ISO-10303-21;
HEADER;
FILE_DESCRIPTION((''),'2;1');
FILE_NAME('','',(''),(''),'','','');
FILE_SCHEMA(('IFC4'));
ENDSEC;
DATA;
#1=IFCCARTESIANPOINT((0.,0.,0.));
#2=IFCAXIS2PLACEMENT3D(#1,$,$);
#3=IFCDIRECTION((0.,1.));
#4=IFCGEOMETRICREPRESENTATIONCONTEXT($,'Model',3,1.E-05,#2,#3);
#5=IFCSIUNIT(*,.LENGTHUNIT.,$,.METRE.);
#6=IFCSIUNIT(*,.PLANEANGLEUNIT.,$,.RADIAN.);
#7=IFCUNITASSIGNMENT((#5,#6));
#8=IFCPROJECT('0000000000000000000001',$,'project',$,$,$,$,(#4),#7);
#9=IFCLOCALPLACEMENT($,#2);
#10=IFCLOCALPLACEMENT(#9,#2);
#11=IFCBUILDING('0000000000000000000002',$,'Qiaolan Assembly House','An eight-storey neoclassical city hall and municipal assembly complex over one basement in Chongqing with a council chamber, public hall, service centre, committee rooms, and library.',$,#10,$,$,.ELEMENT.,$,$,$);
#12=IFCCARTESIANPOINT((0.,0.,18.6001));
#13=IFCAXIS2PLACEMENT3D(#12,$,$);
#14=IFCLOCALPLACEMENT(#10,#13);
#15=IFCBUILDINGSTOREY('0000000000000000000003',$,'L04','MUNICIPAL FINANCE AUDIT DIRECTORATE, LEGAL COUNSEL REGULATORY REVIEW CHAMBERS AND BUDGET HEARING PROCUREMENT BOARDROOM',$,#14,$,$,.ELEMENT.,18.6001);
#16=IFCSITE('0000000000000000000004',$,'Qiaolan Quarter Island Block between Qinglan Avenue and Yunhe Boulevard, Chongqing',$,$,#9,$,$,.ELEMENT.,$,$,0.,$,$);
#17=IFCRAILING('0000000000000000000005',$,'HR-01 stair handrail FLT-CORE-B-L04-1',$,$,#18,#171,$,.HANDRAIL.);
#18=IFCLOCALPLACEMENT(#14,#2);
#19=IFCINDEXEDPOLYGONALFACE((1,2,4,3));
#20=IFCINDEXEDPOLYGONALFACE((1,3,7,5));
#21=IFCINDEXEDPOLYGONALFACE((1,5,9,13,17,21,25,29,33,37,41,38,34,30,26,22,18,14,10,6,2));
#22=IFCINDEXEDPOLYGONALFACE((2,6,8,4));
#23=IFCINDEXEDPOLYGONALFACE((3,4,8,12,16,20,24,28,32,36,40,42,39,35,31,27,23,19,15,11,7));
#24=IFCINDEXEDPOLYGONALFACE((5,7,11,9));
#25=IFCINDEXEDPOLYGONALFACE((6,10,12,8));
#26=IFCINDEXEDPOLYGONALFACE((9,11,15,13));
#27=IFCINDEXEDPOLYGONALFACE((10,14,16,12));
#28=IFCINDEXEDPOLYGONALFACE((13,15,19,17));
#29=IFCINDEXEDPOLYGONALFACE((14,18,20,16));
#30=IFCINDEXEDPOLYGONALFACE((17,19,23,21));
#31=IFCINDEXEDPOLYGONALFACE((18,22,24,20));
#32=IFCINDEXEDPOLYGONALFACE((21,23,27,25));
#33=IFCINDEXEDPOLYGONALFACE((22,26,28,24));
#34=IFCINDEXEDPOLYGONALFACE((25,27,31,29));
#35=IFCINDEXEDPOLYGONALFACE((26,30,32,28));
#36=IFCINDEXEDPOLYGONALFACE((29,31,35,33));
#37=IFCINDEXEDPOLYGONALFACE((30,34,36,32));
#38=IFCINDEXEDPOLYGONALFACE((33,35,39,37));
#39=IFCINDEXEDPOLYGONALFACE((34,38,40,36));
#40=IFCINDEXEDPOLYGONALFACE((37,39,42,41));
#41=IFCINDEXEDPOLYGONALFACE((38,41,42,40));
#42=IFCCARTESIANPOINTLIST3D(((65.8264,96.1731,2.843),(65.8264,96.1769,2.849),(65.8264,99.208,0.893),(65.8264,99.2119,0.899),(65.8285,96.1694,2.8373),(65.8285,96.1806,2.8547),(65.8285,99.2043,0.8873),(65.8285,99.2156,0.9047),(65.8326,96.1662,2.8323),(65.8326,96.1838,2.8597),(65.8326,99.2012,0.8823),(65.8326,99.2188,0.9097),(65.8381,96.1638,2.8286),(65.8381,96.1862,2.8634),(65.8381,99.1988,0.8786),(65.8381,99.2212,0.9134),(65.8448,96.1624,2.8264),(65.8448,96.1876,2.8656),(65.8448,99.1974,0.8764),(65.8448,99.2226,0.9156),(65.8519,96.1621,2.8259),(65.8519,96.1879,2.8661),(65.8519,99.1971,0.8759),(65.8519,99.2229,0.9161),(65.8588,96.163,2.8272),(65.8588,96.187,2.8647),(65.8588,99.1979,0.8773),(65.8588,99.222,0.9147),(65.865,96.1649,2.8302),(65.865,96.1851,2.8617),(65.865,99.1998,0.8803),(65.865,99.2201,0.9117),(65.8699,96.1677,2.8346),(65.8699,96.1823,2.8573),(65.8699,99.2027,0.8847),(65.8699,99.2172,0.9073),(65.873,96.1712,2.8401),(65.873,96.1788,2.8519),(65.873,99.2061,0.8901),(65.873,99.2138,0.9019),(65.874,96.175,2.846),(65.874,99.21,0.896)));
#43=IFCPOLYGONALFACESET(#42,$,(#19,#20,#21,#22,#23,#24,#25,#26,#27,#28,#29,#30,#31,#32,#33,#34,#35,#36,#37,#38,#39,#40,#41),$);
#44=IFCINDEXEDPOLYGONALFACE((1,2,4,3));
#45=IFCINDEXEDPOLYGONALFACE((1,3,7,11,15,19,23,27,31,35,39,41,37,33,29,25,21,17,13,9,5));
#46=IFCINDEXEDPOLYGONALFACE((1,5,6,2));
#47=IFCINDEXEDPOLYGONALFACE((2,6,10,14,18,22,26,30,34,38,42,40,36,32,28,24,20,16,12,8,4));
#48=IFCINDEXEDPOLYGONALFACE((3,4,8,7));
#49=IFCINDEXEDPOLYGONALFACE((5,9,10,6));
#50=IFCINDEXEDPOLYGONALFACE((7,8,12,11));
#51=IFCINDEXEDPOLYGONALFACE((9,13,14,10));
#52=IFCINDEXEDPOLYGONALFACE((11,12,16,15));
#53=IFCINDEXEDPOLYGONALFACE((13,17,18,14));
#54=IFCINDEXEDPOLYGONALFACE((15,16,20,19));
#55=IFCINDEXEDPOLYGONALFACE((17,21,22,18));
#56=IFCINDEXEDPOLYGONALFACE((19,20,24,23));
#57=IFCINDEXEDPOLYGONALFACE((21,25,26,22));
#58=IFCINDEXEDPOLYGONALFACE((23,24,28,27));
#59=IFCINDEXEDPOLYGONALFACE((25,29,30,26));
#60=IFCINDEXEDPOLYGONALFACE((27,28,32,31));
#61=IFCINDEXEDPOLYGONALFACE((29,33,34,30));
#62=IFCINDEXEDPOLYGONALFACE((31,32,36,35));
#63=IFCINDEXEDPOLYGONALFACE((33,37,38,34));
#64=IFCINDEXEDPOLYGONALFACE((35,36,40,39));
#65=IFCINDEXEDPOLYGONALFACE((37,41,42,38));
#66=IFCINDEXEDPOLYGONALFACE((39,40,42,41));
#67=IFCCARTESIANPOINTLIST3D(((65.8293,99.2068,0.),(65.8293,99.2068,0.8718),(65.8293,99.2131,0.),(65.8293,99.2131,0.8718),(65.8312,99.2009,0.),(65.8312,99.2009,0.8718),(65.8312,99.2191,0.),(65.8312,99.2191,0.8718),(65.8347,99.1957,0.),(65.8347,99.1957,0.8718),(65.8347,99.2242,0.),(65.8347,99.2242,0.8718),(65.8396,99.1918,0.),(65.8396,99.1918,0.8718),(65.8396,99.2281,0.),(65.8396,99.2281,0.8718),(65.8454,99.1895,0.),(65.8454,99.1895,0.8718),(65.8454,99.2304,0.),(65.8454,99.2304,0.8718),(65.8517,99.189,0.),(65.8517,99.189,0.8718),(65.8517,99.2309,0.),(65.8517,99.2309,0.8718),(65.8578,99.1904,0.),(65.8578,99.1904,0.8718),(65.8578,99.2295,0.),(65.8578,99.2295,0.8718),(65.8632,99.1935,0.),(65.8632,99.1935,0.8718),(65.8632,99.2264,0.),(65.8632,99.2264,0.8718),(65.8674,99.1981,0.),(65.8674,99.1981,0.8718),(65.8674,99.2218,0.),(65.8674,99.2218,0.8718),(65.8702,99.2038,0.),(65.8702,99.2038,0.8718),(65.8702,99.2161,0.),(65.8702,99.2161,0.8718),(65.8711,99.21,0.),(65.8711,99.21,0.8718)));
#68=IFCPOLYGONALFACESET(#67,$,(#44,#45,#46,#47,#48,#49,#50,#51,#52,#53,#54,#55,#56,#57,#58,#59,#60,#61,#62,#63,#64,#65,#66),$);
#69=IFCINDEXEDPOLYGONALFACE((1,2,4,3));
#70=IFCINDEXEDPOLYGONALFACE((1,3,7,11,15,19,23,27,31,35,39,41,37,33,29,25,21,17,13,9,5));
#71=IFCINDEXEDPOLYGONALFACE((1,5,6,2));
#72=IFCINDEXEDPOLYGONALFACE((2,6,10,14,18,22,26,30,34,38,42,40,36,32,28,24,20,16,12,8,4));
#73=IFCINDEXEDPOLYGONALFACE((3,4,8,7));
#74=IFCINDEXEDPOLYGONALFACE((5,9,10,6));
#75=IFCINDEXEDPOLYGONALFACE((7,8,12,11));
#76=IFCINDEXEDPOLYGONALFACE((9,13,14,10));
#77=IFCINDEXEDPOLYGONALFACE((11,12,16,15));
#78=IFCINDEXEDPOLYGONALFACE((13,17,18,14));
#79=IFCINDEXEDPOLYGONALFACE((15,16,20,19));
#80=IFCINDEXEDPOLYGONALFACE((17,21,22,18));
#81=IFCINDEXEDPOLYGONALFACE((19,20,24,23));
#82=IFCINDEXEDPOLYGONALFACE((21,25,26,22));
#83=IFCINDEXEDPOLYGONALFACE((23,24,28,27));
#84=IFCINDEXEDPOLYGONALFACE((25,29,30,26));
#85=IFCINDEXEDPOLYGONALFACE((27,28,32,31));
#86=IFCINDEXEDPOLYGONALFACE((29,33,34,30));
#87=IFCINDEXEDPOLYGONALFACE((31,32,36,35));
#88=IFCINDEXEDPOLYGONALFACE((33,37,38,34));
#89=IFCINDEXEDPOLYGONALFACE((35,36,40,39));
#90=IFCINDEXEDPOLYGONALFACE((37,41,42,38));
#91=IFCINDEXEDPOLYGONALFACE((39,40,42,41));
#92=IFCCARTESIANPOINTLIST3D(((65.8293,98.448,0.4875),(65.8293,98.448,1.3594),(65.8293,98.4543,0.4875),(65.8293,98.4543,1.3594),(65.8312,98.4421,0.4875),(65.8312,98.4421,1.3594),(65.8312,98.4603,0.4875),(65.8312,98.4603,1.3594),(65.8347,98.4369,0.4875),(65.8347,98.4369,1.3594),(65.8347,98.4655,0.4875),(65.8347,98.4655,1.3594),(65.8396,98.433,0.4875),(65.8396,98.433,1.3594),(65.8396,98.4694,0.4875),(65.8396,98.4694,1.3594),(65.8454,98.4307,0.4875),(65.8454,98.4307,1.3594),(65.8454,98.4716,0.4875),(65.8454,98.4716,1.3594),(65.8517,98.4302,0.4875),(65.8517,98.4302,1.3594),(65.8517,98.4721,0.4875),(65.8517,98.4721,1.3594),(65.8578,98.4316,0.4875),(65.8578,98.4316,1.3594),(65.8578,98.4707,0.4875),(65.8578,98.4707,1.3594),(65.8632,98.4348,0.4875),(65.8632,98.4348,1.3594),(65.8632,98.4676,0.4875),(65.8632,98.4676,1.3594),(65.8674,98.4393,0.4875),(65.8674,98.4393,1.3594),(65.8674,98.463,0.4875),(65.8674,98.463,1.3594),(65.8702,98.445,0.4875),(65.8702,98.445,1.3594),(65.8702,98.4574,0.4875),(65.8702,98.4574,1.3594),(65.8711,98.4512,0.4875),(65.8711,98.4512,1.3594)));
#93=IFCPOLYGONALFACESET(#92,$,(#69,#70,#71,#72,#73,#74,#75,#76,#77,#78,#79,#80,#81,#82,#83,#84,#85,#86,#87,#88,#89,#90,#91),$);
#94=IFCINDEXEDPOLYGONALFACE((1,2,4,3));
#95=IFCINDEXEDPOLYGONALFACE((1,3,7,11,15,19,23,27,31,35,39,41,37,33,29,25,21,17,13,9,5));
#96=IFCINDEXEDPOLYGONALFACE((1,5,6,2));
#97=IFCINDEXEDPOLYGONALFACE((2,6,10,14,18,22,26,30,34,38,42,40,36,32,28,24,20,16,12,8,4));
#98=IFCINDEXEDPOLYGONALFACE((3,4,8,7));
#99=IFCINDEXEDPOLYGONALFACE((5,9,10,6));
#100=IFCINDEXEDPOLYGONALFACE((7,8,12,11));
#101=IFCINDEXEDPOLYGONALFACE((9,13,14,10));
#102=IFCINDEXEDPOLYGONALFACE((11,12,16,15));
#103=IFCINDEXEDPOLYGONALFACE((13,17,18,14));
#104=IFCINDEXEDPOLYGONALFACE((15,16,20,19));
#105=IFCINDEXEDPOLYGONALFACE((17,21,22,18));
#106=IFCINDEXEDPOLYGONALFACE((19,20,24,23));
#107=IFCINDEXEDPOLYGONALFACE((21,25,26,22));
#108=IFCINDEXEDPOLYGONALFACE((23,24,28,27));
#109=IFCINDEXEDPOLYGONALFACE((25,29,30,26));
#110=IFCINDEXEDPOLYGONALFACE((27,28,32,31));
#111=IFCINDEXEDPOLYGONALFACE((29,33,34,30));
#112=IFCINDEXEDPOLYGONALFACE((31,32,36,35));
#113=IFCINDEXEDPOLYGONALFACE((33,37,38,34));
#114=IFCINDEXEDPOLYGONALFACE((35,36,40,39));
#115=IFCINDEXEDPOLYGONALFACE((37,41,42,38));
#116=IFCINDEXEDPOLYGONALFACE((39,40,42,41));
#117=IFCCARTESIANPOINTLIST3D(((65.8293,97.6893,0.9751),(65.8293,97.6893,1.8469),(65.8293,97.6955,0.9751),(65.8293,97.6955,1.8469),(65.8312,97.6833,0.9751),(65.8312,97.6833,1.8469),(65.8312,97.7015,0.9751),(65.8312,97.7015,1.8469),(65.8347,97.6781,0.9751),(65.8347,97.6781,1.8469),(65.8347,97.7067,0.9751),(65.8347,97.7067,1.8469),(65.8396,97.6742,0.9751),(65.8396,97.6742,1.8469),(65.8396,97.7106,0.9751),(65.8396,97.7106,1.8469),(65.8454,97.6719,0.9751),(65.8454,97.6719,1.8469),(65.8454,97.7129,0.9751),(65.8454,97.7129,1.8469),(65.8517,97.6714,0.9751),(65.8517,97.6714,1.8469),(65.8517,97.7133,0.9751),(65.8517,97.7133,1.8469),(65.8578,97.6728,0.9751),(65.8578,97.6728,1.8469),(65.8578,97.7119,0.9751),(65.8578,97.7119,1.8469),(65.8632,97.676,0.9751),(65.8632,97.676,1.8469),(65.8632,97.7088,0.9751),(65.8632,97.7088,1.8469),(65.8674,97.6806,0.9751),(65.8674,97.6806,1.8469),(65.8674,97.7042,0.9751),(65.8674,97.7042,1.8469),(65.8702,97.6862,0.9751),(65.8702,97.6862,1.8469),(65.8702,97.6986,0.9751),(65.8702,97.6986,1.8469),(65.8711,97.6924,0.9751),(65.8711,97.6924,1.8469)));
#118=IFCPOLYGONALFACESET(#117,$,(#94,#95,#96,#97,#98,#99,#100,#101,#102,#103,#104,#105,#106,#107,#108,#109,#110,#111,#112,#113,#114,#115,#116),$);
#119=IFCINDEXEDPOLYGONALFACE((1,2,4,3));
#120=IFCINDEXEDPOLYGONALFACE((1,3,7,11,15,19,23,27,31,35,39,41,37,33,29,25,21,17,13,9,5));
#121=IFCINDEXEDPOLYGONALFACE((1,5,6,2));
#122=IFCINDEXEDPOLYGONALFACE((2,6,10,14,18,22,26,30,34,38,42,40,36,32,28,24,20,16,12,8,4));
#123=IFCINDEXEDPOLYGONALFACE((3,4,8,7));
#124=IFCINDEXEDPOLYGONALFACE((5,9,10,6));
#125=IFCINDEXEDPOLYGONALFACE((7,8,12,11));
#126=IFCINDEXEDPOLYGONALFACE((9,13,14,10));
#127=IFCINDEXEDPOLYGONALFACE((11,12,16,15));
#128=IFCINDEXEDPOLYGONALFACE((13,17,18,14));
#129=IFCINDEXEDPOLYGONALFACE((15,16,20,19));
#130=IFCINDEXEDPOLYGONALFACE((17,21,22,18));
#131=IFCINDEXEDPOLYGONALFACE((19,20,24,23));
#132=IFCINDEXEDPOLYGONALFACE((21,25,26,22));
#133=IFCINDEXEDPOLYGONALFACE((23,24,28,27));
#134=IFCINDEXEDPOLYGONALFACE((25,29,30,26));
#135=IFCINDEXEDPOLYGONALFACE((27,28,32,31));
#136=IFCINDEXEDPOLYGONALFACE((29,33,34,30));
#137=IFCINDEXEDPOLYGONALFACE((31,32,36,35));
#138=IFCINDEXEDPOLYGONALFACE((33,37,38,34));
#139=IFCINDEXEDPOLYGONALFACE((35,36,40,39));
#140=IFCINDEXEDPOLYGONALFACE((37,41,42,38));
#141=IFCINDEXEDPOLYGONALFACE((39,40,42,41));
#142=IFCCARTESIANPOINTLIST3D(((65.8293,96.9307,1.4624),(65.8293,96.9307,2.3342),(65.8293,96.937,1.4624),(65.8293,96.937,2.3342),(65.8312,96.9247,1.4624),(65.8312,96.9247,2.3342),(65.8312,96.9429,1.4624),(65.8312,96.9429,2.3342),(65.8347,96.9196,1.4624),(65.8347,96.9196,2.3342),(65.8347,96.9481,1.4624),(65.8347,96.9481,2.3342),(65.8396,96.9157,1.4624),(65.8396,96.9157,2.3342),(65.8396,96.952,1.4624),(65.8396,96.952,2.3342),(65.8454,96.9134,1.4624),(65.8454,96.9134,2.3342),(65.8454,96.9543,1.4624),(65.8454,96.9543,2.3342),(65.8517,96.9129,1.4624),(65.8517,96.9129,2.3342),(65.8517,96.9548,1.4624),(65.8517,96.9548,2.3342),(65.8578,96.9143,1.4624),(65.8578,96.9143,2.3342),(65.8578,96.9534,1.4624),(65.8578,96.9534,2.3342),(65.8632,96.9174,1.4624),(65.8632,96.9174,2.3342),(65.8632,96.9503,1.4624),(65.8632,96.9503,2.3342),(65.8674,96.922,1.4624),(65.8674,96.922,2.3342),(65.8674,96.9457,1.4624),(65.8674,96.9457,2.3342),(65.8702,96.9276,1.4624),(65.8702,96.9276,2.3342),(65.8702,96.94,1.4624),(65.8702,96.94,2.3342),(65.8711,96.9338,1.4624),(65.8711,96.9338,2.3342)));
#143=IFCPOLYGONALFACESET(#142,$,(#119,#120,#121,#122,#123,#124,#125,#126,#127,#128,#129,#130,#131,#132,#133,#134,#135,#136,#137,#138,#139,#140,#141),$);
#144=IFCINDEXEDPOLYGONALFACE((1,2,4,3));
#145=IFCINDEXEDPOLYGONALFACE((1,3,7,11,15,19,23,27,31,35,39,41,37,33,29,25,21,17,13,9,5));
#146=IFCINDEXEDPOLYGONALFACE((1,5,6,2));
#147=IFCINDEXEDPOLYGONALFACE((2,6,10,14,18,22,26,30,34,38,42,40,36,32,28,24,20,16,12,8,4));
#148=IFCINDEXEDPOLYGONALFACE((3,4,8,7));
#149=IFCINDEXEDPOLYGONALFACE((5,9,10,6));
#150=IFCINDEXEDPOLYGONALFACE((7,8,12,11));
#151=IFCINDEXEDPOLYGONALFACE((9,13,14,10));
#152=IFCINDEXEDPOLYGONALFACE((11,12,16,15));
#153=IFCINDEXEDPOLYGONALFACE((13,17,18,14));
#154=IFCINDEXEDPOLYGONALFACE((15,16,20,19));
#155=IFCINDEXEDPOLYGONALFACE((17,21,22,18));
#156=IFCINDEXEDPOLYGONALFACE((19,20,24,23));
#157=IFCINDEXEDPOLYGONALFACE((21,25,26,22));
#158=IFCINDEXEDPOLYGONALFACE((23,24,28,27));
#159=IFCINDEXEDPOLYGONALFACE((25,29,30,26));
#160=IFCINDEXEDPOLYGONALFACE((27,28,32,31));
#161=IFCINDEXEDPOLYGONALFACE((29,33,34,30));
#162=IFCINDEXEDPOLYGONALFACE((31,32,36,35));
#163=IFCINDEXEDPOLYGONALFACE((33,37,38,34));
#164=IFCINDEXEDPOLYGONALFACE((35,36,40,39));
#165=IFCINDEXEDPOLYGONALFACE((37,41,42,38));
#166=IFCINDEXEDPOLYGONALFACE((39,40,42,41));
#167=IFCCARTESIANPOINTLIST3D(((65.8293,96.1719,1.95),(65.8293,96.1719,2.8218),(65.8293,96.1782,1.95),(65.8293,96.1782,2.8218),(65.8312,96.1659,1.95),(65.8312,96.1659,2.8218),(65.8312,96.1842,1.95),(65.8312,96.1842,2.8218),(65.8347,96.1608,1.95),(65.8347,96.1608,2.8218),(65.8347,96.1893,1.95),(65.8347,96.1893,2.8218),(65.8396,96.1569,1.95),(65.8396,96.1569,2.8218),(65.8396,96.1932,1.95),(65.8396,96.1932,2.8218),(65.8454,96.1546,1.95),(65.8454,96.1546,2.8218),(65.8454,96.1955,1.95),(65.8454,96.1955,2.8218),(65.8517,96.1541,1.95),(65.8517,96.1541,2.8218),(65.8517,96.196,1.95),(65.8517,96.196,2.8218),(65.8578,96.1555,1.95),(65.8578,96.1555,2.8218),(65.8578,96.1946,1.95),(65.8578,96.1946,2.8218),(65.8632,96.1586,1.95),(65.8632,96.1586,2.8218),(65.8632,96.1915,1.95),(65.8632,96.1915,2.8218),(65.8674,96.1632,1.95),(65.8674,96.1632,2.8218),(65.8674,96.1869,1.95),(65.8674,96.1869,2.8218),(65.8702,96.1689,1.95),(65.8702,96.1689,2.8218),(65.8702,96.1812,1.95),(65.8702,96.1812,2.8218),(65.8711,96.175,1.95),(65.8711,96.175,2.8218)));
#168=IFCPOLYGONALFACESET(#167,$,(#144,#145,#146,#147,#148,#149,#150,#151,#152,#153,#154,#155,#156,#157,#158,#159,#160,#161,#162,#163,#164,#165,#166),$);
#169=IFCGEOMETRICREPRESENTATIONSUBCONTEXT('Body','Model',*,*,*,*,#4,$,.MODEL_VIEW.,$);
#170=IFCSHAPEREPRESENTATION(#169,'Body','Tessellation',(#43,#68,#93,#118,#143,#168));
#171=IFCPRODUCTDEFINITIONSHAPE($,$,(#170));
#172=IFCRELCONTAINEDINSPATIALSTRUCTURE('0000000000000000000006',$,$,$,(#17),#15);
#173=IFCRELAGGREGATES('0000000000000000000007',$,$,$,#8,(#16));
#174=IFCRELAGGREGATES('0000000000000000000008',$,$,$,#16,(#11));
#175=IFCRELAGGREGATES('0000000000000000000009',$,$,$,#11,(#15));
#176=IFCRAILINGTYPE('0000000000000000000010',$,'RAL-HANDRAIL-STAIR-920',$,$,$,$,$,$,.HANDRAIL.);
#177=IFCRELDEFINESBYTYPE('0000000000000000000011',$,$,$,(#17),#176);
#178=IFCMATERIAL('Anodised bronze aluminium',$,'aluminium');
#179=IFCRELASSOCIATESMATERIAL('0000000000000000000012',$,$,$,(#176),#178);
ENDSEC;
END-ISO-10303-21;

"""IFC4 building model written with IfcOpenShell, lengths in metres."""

from ifc_helpers import new_model, si_unit, direction, frame, origin, origin_2d, place, context, subcontext, project, spatial, circle, extrude, material, type_object, element, save


model = new_model("IFC4")

# Units and contexts
model_context = context("Model", 3, precision=1e-05, world=origin(), true_north=direction((0.0, 1.0)))
body_context = subcontext(model_context, "Body", "Model", "MODEL_VIEW")
ifc_project = project(units=[si_unit("LENGTHUNIT", "METRE"), si_unit("PLANEANGLEUNIT", "RADIAN")], contexts=[model_context])

# Site, building, storey
site_placement = place(None, origin())
site = spatial("IfcSite", under=ifc_project, at=site_placement, Name="Qiaolan Quarter Island Block between Qinglan Avenue and Yunhe Boulevard, Chongqing", CompositionType="ELEMENT", RefElevation=0.0)
building_placement = place(site_placement, origin())
building = spatial("IfcBuilding", under=site, at=building_placement, Name="Qiaolan Assembly House", Description="An eight-storey neoclassical city hall and municipal assembly complex over one basement in Chongqing with a council chamber, public hall, service centre, committee rooms, and library.", CompositionType="ELEMENT")
storey_placement = place(building_placement, frame((0.0, 0.0, 18.6001)))
storey = spatial("IfcBuildingStorey", under=building, at=storey_placement, Name="L04", Description="MUNICIPAL FINANCE AUDIT DIRECTORATE, LEGAL COUNSEL REGULATORY REVIEW CHAMBERS AND BUDGET HEARING PROCUREMENT BOARDROOM", CompositionType="ELEMENT", Elevation=18.6001)

# Railing
ifc_material_1 = material(Name="Anodised bronze aluminium", Category="aluminium")
railing_type_1 = type_object("IfcRailingType", Name="RAL-HANDRAIL-STAIR-920", PredefinedType="HANDRAIL", material=ifc_material_1)
railing_1_placement = place(storey_placement, frame((65.8501, 99.21, 0.0)))
element("IfcRailing", 1, at=railing_1_placement, inside=storey, type_object=railing_type_1, Name="HR-01 stair handrail FLT-CORE-B-L04-1", PredefinedType="HANDRAIL", context=body_context, shape_type="SweptSolid", body=[
    extrude(circle(Radius=0.0239, at=origin_2d()), frame((0.0, 0.0, 0.896), z_axis=(0.0, -0.841313, 0.540549), x_axis=(1.0, 0.0, 0.0)), (0.0, 0.0, 1.0), 3.6074),
    extrude(circle(Radius=0.021, at=origin_2d()), origin(), (0.0, 0.0, 1.0), 0.8718),
    extrude(circle(Radius=0.021, at=origin_2d()), frame((0.0, -0.7588, 0.4875)), (0.0, 0.0, 1.0), 0.8718),
    extrude(circle(Radius=0.021, at=origin_2d()), frame((0.0, -1.5176, 0.9751)), (0.0, 0.0, 1.0), 0.8718),
    extrude(circle(Radius=0.021, at=origin_2d()), frame((0.0, -2.2761, 1.4624)), (0.0, 0.0, 1.0), 0.8718),
    extrude(circle(Radius=0.021, at=origin_2d()), frame((0.0, -3.0349, 1.95)), (0.0, 0.0, 1.0), 0.8718),
])

save(model, "model.ifc")
